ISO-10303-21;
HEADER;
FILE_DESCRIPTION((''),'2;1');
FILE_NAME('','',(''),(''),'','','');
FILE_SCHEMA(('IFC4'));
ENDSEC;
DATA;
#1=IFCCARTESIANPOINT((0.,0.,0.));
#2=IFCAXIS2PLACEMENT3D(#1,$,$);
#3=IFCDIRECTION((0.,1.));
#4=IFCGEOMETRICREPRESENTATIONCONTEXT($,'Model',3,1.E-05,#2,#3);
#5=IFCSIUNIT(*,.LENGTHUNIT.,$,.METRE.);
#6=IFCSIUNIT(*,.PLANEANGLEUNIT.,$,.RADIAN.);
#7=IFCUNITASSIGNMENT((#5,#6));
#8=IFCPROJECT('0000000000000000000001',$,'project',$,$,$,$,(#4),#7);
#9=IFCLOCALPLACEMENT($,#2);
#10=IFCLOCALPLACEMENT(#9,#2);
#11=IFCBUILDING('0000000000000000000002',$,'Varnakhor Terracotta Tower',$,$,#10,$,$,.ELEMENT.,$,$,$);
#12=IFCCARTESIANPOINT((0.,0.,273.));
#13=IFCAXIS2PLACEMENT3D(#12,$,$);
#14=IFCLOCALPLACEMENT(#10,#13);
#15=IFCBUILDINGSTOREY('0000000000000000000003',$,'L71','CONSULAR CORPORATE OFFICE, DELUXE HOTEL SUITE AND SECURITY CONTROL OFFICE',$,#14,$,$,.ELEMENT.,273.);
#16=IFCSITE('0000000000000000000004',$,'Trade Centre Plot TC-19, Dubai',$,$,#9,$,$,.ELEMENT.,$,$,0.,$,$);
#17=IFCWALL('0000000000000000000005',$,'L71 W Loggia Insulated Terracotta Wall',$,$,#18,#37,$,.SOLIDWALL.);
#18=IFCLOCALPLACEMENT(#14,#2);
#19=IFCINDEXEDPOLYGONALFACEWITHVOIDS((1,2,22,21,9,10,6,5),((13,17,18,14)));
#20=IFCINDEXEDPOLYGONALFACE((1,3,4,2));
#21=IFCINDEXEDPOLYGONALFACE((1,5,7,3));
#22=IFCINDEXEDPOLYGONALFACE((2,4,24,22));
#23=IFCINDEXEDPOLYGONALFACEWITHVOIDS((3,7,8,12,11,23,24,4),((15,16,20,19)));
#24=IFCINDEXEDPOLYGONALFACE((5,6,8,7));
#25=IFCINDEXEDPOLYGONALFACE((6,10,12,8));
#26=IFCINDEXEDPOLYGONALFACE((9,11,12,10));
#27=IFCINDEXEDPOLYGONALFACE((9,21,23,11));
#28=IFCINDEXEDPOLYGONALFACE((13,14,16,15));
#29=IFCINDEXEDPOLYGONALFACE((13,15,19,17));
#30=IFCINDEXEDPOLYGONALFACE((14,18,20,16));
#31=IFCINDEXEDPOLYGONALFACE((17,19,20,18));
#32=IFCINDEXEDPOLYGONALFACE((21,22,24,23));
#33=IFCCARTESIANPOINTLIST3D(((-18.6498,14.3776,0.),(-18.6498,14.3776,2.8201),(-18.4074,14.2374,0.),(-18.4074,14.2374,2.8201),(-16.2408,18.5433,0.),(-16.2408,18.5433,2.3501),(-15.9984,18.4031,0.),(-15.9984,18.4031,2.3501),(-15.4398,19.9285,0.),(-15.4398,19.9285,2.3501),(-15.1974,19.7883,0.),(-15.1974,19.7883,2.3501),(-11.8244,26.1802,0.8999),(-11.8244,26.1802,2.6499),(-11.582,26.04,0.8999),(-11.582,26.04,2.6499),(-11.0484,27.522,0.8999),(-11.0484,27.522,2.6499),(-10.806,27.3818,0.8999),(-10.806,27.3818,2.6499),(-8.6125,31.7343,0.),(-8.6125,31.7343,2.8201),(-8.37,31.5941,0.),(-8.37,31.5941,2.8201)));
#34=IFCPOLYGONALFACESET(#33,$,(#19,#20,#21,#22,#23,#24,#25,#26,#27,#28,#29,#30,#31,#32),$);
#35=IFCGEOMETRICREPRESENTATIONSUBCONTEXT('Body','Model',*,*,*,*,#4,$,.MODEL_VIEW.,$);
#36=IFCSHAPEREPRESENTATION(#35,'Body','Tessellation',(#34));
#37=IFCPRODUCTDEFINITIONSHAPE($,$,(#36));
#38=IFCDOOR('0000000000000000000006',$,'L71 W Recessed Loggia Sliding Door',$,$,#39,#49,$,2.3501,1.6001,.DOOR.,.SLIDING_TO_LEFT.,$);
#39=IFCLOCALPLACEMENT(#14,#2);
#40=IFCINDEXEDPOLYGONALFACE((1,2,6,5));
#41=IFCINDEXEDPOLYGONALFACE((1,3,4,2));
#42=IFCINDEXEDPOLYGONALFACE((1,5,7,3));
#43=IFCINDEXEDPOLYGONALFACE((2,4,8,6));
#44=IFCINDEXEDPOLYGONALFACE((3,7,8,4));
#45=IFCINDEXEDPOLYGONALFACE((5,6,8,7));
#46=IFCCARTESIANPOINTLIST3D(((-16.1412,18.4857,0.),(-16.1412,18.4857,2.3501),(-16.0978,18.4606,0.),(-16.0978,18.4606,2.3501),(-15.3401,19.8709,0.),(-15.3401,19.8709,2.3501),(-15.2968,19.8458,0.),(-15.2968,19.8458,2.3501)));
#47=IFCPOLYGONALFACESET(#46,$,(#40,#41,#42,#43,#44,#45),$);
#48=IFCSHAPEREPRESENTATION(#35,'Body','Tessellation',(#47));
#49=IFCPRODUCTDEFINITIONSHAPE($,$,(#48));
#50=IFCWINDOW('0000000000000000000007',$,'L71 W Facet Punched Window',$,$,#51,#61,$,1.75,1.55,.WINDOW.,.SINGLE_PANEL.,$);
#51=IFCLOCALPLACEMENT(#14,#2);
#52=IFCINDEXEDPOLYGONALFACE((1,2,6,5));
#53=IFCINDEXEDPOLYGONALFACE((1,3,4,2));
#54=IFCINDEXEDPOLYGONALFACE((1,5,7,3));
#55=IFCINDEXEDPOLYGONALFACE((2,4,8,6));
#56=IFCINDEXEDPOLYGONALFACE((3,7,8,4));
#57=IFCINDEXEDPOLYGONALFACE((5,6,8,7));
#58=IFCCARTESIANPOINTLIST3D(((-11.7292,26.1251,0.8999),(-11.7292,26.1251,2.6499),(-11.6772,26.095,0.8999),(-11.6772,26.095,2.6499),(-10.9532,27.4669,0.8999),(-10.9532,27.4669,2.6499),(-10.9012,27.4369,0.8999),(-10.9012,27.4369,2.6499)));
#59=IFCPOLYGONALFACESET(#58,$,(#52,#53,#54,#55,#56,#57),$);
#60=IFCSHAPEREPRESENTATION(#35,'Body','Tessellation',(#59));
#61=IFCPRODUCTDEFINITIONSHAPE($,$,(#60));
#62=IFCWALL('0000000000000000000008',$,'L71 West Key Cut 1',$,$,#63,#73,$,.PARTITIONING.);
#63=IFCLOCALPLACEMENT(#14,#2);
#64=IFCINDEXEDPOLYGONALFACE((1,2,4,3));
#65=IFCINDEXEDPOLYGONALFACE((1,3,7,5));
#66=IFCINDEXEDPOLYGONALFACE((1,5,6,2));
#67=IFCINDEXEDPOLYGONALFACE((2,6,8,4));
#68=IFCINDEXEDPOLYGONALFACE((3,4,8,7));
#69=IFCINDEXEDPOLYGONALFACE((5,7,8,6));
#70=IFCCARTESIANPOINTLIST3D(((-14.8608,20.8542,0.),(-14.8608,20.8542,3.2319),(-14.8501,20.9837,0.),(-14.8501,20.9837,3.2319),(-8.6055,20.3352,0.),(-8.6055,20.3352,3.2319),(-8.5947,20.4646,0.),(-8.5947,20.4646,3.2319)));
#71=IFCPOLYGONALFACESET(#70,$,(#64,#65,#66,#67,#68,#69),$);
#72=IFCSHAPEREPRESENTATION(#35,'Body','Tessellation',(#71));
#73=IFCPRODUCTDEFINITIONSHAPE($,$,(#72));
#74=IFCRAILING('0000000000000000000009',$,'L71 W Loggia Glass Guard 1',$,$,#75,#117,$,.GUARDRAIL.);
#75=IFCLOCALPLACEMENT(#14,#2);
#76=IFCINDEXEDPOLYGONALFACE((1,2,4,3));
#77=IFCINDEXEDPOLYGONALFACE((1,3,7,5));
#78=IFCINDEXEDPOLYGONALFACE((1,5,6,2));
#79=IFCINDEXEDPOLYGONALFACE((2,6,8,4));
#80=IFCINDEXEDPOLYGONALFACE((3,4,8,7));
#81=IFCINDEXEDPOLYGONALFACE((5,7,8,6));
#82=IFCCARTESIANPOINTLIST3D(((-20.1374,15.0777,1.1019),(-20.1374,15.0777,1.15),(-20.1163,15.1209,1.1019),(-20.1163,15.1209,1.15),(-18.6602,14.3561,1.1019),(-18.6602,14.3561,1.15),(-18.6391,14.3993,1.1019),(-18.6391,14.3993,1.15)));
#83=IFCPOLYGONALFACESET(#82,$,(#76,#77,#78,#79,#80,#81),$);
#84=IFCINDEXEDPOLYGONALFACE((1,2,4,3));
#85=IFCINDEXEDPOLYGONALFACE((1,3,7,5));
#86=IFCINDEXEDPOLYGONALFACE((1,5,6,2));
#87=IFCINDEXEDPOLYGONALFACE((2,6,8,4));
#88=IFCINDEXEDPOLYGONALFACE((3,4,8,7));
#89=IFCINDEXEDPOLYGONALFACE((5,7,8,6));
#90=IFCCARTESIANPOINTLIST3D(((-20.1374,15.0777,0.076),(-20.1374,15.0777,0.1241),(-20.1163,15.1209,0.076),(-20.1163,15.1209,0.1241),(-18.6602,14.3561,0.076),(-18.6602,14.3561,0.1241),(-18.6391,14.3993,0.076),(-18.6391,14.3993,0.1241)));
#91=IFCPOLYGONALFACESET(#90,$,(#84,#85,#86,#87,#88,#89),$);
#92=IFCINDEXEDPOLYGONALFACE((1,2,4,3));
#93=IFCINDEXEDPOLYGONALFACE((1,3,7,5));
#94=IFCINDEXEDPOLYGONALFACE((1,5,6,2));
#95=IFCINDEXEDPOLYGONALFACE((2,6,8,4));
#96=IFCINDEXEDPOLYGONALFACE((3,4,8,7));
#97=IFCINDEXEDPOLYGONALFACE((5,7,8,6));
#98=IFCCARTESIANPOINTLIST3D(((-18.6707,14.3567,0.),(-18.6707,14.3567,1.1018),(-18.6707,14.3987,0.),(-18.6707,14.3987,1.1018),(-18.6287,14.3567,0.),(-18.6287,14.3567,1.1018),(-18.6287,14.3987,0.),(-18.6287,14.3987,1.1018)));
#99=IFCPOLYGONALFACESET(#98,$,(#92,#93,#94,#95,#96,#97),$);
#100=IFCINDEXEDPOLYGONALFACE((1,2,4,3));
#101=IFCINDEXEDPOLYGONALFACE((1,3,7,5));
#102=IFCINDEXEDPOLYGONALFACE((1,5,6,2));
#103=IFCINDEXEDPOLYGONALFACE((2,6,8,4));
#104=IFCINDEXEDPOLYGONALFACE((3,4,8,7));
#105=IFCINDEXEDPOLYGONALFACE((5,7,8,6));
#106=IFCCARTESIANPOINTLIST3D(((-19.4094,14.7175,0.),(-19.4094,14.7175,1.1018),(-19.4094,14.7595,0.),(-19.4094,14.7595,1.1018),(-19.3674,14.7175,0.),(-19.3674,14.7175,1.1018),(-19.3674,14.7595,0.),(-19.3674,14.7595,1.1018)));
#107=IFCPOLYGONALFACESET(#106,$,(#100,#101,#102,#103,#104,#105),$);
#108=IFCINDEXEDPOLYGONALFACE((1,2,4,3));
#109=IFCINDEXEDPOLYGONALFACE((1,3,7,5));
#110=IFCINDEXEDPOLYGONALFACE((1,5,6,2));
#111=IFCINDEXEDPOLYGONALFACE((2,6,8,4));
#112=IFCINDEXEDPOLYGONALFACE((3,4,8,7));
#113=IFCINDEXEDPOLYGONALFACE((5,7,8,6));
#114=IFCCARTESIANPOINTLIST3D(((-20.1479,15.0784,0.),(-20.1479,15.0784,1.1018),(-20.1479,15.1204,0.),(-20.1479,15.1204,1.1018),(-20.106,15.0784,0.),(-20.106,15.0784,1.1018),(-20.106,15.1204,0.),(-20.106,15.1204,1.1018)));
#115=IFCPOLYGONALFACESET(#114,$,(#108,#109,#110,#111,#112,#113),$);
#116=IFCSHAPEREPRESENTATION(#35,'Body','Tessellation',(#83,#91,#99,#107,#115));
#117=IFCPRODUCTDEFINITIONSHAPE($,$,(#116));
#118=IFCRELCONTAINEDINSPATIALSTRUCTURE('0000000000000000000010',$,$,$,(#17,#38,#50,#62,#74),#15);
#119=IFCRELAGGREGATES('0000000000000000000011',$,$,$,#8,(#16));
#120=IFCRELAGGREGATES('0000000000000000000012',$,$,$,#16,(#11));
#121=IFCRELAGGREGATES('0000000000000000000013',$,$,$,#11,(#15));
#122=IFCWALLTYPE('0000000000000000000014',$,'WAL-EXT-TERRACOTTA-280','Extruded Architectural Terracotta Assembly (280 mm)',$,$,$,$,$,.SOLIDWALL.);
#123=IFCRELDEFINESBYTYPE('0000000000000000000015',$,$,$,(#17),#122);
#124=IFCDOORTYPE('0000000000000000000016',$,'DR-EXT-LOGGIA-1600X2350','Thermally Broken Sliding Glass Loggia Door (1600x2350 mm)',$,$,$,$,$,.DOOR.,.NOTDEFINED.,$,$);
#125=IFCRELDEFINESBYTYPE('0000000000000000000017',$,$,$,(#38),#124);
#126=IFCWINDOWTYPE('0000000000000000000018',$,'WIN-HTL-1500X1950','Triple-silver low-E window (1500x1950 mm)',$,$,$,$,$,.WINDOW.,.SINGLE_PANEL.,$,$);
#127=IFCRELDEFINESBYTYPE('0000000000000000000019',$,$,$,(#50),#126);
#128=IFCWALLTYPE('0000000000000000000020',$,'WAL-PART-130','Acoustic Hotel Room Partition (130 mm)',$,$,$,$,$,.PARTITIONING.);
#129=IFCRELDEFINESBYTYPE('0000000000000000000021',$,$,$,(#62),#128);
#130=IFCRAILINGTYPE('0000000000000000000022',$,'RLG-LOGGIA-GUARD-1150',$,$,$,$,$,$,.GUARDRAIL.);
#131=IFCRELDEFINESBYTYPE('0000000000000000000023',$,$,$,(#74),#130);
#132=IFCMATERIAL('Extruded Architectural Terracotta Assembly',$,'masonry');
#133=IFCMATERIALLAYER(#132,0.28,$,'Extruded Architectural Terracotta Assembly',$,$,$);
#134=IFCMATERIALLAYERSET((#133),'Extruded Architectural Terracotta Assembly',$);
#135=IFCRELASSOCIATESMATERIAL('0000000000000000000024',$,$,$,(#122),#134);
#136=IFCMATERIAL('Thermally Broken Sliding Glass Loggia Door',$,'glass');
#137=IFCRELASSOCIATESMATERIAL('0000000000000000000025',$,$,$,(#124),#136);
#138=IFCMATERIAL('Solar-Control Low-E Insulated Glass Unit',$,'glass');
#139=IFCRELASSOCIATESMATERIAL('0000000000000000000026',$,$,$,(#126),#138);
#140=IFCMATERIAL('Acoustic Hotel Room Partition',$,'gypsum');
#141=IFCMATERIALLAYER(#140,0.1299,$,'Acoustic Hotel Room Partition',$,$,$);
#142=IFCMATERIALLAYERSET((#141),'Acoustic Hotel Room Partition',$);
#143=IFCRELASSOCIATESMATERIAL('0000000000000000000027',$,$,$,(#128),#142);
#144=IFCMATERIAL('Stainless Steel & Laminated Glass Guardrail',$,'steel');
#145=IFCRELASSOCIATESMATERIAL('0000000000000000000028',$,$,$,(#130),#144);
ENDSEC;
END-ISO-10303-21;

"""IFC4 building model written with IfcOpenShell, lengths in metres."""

from ifc_helpers import new_model, si_unit, direction, frame, frame_2d, origin, origin_2d, place, context, subcontext, project, spatial, rectangle, extrude, source, transform, mapped, material, layer, layer_set, type_object, type_shapes, element, fill, save


model = new_model("IFC4")

# Units and contexts
model_context = context("Model", 3, precision=1e-05, world=origin(), true_north=direction((0.0, 1.0)))
body_context = subcontext(model_context, "Body", "Model", "MODEL_VIEW")
ifc_project = project(units=[si_unit("LENGTHUNIT", "METRE"), si_unit("PLANEANGLEUNIT", "RADIAN")], contexts=[model_context])

# Site, building, storey
site_placement = place(None, origin())
site = spatial("IfcSite", under=ifc_project, at=site_placement, Name="Trade Centre Plot TC-19, Dubai", CompositionType="ELEMENT", RefElevation=0.0)
building_placement = place(site_placement, origin())
building = spatial("IfcBuilding", under=site, at=building_placement, Name="Varnakhor Terracotta Tower", CompositionType="ELEMENT")
storey_placement = place(building_placement, frame((0.0, 0.0, 273.0)))
storey = spatial("IfcBuildingStorey", under=building, at=storey_placement, Name="L71", Description="CONSULAR CORPORATE OFFICE, DELUXE HOTEL SUITE AND SECURITY CONTROL OFFICE", CompositionType="ELEMENT", Elevation=273.0)

# Wall, openings, door, window
ifc_material_1 = material(Name="Extruded Architectural Terracotta Assembly", Category="masonry")
ifc_layer_1 = layer(ifc_material_1, 0.28, Name="Extruded Architectural Terracotta Assembly")
ifc_layer_set_1 = layer_set([ifc_layer_1], Name="Extruded Architectural Terracotta Assembly")
wall_type_1 = type_object("IfcWallType", Name="WAL-EXT-TERRACOTTA-280", Description="Extruded Architectural Terracotta Assembly (280 mm)", PredefinedType="SOLIDWALL", material=ifc_layer_set_1)
wall_1_placement = place(storey_placement, frame((-18.5286, 14.3076, 0.0), z_axis=(0.0, 0.0, 1.0), x_axis=(0.500616, 0.86567, 0.0)))
wall_1 = element("IfcWall", 1, at=wall_1_placement, inside=storey, type_object=wall_type_1, Name="L71 W Loggia Insulated Terracotta Wall", PredefinedType="SOLIDWALL", context=body_context, shape_type="SweptSolid", body=[
    extrude(rectangle(XDim=20.05, YDim=0.28, at=frame_2d((10.0249, 0.0))), origin(), (0.0, 0.0, 1.0), 2.8201),
])
opening_1_placement = place(wall_1_placement, frame((4.812, 0.0, 0.0)))
opening_1 = element("IfcOpeningElement", 2, at=opening_1_placement, cuts=wall_1, PredefinedType="OPENING", context=body_context, shape_type="SweptSolid", body=[
    extrude(rectangle(XDim=1.6001, YDim=2.3501, at=frame_2d((0.8, 1.175))), frame((0.0, 0.1499, 0.0), z_axis=(0.0, -1.0, 0.0), x_axis=(1.0, 0.0, 0.0)), (0.0, 0.0, 1.0), 0.3),
])
opening_2_placement = place(wall_1_placement, frame((13.634, 0.0, 0.8999)))
opening_2 = element("IfcOpeningElement", 3, at=opening_2_placement, cuts=wall_1, PredefinedType="OPENING", context=body_context, shape_type="SweptSolid", body=[
    extrude(rectangle(XDim=1.55, YDim=1.75, at=frame_2d((0.7749, 0.875))), frame((0.0, 0.1499, 0.0), z_axis=(0.0, -1.0, 0.0), x_axis=(1.0, 0.0, 0.0)), (0.0, 0.0, 1.0), 0.3),
])
ifc_material_2 = material(Name="Thermally Broken Sliding Glass Loggia Door", Category="glass")
door_type_1 = type_object("IfcDoorType", Name="DR-EXT-LOGGIA-1600X2350", Description="Thermally Broken Sliding Glass Loggia Door (1600x2350 mm)", OperationType="NOTDEFINED", PredefinedType="DOOR", material=ifc_material_2)
shared_shape_1 = source(origin(), body_context, "Body", "SweptSolid", [
    extrude(rectangle(XDim=1.6001, YDim=2.3501, at=frame_2d((0.8, 1.175))), frame((0.0, 0.0249, 0.0), z_axis=(0.0, -1.0, 0.0), x_axis=(1.0, 0.0, 0.0)), (0.0, 0.0, 1.0), 0.05),
])
type_shapes(door_type_1, [shared_shape_1])
door_1_placement = place(opening_1_placement, origin())
door_1 = element("IfcDoor", 4, at=door_1_placement, inside=storey, type_object=door_type_1, Name="L71 W Recessed Loggia Sliding Door", OperationType="SLIDING_TO_LEFT", OverallHeight=2.3501, OverallWidth=1.6001, PredefinedType="DOOR", context=body_context, shape_type="MappedRepresentation", body=[
    mapped(shared_shape_1, transform((0.0, 0.0, 0.0), scale=1.0)),
])
fill(opening_1, door_1)
ifc_material_3 = material(Name="Solar-Control Low-E Insulated Glass Unit", Category="glass")
window_type = type_object("IfcWindowType", Name="WIN-HTL-1500X1950", Description="Triple-silver low-E window (1500x1950 mm)", PartitioningType="SINGLE_PANEL", PredefinedType="WINDOW", material=ifc_material_3)
shared_shape_2 = source(origin(), body_context, "Body", "SweptSolid", [
    extrude(rectangle(XDim=1.55, YDim=1.75, at=frame_2d((0.7749, 0.875))), frame((0.0, 0.03, 0.0), z_axis=(0.0, -1.0, 0.0), x_axis=(1.0, 0.0, 0.0)), (0.0, 0.0, 1.0), 0.0601),
])
type_shapes(window_type, [shared_shape_2])
window_placement = place(opening_2_placement, origin())
window = element("IfcWindow", 5, at=window_placement, inside=storey, type_object=window_type, Name="L71 W Facet Punched Window", OverallHeight=1.75, OverallWidth=1.55, PartitioningType="SINGLE_PANEL", PredefinedType="WINDOW", context=body_context, shape_type="MappedRepresentation", body=[
    mapped(shared_shape_2, transform((0.0, 0.0, 0.0), scale=1.0)),
])
fill(opening_2, window)

# Wall
ifc_material_4 = material(Name="Acoustic Hotel Room Partition", Category="gypsum")
ifc_layer_2 = layer(ifc_material_4, 0.1299, Name="Acoustic Hotel Room Partition")
ifc_layer_set_2 = layer_set([ifc_layer_2], Name="Acoustic Hotel Room Partition")
wall_type_2 = type_object("IfcWallType", Name="WAL-PART-130", Description="Acoustic Hotel Room Partition (130 mm)", PredefinedType="PARTITIONING", material=ifc_layer_set_2)
wall_2_placement = place(storey_placement, frame((-14.8555, 20.9189, 0.0), z_axis=(0.0, 0.0, 1.0), x_axis=(0.996575, -0.082691, 0.0)))
element("IfcWall", 6, at=wall_2_placement, inside=storey, type_object=wall_type_2, Name="L71 West Key Cut 1", PredefinedType="PARTITIONING", context=body_context, shape_type="SweptSolid", body=[
    extrude(rectangle(XDim=6.2769, YDim=0.1299, at=frame_2d((3.1384, 0.0))), origin(), (0.0, 0.0, 1.0), 3.2319),
])

# Railing
ifc_material_5 = material(Name="Stainless Steel & Laminated Glass Guardrail", Category="steel")
railing_type = type_object("IfcRailingType", Name="RLG-LOGGIA-GUARD-1150", PredefinedType="GUARDRAIL", material=ifc_material_5)
railing_1_placement = place(storey_placement, frame((-18.6497, 14.3777, 0.0)))
element("IfcRailing", 7, at=railing_1_placement, inside=storey, type_object=railing_type, Name="L71 W Loggia Glass Guard 1", PredefinedType="GUARDRAIL", context=body_context, shape_type="SweptSolid", body=[
    extrude(rectangle(XDim=0.0481, YDim=0.0481, at=origin_2d()), frame((0.0, 0.0, 1.126), z_axis=(-0.898517, 0.438938, 0.0), x_axis=(-0.438938, -0.898517, 0.0)), (0.0, 0.0, 1.0), 1.644),
    extrude(rectangle(XDim=0.0481, YDim=0.0481, at=origin_2d()), frame((0.0, 0.0, 0.1001), z_axis=(-0.898517, 0.438938, 0.0), x_axis=(-0.438938, -0.898517, 0.0)), (0.0, 0.0, 1.0), 1.644),
    extrude(rectangle(XDim=0.042, YDim=0.042, at=origin_2d()), origin(), (0.0, 0.0, 1.0), 1.1018),
    extrude(rectangle(XDim=0.042, YDim=0.042, at=origin_2d()), frame((-0.7388, 0.3608, 0.0)), (0.0, 0.0, 1.0), 1.1018),
    extrude(rectangle(XDim=0.042, YDim=0.042, at=origin_2d()), frame((-1.4773, 0.7217, 0.0)), (0.0, 0.0, 1.0), 1.1018),
])

save(model, "model.ifc")
